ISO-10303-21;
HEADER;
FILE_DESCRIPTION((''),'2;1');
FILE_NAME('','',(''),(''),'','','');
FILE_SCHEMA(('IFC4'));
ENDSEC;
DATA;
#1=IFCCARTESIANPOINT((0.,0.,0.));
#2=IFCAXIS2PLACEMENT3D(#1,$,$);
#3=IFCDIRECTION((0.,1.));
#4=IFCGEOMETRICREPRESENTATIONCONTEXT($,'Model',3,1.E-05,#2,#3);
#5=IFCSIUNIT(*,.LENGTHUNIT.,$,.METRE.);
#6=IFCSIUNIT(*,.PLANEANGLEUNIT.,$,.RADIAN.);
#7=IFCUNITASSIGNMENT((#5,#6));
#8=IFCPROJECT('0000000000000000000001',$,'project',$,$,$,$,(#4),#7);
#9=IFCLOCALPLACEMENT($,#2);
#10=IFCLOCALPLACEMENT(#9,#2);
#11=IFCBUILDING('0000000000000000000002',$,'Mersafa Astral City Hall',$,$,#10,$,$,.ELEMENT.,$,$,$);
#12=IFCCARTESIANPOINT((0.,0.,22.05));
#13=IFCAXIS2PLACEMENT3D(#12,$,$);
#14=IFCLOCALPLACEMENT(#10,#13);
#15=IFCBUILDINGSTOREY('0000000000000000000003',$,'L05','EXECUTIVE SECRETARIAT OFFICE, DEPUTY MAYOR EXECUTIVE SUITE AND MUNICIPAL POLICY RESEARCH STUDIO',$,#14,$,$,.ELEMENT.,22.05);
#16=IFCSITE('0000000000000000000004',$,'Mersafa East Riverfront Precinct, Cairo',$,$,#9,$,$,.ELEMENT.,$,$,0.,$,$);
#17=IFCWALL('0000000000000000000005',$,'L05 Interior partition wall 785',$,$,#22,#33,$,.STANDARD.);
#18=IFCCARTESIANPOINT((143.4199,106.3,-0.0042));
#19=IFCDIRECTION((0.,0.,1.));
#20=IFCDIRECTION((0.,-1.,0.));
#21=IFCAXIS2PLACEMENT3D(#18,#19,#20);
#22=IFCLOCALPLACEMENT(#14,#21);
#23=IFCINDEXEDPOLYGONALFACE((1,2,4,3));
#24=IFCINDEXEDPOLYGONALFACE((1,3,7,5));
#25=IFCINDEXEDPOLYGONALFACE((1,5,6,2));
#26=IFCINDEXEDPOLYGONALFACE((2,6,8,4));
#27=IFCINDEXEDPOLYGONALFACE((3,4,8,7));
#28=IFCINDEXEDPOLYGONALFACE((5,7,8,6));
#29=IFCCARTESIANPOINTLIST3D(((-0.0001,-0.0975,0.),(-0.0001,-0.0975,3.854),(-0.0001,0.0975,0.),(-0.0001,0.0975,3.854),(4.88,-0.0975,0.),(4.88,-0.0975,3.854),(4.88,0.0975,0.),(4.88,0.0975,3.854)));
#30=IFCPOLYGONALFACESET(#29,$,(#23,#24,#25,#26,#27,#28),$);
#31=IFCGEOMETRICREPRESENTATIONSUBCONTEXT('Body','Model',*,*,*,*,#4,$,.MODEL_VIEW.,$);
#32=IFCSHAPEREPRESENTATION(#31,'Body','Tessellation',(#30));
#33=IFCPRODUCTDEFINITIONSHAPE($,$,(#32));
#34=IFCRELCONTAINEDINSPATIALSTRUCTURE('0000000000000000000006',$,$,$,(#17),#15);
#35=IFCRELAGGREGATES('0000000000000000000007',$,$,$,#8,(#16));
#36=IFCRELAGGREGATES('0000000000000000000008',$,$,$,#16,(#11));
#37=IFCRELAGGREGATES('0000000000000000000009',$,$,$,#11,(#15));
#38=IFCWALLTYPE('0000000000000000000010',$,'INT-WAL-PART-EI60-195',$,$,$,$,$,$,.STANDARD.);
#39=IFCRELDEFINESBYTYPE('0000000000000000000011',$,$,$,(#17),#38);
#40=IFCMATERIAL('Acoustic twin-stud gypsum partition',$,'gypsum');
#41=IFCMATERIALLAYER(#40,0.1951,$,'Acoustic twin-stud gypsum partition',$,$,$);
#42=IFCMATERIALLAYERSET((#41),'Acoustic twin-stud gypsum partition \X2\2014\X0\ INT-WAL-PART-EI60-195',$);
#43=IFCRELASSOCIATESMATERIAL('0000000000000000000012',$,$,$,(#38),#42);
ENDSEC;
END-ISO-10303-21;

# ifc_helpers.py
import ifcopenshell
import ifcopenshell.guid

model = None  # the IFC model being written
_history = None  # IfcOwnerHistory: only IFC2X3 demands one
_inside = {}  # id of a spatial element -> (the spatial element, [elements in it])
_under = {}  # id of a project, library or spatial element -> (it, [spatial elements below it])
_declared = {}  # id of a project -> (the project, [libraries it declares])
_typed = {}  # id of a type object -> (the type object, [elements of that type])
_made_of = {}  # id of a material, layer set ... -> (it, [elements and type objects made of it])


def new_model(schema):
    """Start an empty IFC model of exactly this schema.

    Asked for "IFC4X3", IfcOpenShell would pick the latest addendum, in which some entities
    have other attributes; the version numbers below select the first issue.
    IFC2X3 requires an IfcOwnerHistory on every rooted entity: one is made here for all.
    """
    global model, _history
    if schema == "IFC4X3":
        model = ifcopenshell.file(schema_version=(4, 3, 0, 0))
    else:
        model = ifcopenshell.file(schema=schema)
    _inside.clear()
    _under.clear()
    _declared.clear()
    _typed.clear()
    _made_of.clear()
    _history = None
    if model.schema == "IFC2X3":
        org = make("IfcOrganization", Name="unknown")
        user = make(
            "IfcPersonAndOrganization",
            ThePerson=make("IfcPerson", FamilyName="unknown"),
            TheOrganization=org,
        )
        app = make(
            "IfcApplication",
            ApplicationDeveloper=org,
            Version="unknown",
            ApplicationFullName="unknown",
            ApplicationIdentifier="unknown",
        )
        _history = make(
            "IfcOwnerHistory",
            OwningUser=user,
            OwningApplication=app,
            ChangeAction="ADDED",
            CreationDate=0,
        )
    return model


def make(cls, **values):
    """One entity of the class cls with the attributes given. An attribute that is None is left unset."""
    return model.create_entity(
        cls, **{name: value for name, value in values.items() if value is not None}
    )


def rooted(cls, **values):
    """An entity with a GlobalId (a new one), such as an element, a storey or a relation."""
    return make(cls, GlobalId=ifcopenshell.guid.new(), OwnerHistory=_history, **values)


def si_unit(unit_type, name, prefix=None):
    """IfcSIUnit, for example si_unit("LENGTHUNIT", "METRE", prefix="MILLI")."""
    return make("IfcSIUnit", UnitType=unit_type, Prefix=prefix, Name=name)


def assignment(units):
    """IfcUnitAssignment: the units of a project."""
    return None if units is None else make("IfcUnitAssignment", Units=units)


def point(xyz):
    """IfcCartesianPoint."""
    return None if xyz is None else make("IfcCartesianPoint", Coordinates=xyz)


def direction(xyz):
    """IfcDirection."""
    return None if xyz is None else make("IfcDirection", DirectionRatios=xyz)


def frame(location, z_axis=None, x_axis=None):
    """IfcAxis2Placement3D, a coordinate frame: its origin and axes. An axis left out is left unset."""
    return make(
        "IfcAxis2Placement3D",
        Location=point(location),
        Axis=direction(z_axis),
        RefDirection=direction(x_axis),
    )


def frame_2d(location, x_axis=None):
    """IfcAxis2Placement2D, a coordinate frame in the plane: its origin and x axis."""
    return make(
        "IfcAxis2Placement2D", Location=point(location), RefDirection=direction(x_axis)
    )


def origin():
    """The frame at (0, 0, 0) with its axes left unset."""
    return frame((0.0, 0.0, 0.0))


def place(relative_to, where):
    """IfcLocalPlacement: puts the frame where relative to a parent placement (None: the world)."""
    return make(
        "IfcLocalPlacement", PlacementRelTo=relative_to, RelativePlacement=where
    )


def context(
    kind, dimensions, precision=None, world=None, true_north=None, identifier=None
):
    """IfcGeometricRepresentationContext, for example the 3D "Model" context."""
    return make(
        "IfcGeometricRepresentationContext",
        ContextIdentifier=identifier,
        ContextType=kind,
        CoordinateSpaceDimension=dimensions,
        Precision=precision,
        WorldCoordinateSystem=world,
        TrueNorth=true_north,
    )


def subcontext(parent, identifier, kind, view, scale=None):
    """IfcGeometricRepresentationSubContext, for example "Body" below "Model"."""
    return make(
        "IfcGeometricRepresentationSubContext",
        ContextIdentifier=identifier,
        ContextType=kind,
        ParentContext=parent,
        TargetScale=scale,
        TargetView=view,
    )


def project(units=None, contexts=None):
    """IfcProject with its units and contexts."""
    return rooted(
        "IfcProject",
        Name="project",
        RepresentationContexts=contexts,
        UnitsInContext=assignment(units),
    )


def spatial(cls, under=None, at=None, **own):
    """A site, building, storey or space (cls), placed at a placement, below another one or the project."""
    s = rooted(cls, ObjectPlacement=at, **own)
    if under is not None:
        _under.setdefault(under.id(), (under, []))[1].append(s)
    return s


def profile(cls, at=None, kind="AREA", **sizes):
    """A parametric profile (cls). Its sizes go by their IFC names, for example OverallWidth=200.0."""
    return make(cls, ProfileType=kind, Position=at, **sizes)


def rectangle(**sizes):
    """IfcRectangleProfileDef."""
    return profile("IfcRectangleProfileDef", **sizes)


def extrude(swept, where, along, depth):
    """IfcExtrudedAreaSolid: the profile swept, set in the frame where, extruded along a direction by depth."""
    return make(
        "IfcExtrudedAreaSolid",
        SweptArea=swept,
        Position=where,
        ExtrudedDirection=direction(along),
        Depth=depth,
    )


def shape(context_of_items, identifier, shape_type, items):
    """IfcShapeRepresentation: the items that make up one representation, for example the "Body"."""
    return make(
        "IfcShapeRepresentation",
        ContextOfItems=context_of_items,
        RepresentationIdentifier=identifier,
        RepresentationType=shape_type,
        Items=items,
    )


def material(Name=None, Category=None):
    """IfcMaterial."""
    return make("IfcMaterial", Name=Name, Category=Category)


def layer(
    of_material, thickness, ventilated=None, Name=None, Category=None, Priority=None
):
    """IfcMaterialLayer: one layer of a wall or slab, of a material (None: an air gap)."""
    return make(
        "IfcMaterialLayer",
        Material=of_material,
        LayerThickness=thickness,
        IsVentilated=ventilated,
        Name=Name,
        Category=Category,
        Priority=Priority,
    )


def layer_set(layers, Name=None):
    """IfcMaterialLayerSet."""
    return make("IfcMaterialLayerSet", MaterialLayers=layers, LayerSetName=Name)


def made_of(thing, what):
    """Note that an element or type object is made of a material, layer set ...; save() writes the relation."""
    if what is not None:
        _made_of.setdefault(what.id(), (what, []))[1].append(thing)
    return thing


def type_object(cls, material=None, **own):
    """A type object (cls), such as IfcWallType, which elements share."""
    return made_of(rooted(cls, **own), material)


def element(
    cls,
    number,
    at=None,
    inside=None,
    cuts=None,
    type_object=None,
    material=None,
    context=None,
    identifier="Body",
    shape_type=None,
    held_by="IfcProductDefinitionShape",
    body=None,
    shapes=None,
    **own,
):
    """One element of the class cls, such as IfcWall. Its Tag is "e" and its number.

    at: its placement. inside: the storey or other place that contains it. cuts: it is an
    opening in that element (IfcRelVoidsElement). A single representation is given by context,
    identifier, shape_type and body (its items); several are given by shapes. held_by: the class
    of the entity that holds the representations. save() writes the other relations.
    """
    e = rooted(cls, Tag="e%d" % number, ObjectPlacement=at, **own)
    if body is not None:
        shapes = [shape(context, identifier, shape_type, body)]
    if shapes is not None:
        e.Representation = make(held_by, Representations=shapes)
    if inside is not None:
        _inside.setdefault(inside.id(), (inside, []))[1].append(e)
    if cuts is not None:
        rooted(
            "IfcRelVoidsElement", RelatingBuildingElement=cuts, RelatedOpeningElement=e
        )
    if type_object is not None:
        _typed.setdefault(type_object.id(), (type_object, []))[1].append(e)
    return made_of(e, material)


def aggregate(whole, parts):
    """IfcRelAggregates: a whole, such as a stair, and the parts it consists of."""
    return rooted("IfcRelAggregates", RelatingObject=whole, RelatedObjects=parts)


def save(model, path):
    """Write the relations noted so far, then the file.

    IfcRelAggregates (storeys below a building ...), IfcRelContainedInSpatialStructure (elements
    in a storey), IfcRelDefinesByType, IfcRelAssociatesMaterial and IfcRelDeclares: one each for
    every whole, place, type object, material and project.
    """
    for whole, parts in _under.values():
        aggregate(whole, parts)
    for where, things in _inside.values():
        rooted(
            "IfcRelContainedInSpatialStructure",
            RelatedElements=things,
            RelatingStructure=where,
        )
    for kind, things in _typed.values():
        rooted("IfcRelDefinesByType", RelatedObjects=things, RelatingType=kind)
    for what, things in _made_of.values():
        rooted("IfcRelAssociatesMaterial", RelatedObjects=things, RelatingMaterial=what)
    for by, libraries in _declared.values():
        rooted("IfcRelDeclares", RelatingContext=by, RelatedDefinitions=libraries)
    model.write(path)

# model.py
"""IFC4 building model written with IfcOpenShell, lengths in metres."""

from ifc_helpers import new_model, si_unit, direction, frame, frame_2d, origin, place, context, subcontext, project, spatial, rectangle, extrude, material, layer, layer_set, type_object, element, save


model = new_model("IFC4")

# Units and contexts
model_context = context("Model", 3, precision=1e-05, world=origin(), true_north=direction((0.0, 1.0)))
body_context = subcontext(model_context, "Body", "Model", "MODEL_VIEW")
ifc_project = project(units=[si_unit("LENGTHUNIT", "METRE"), si_unit("PLANEANGLEUNIT", "RADIAN")], contexts=[model_context])

# Site, building, storey
site_placement = place(None, origin())
site = spatial("IfcSite", under=ifc_project, at=site_placement, Name="Mersafa East Riverfront Precinct, Cairo", CompositionType="ELEMENT", RefElevation=0.0)
building_placement = place(site_placement, origin())
building = spatial("IfcBuilding", under=site, at=building_placement, Name="Mersafa Astral City Hall", CompositionType="ELEMENT")
storey_placement = place(building_placement, frame((0.0, 0.0, 22.05)))
storey = spatial("IfcBuildingStorey", under=building, at=storey_placement, Name="L05", Description="EXECUTIVE SECRETARIAT OFFICE, DEPUTY MAYOR EXECUTIVE SUITE AND MUNICIPAL POLICY RESEARCH STUDIO", CompositionType="ELEMENT", Elevation=22.05)

# Wall
ifc_material_1 = material(Name="Acoustic twin-stud gypsum partition", Category="gypsum")
ifc_layer_1 = layer(ifc_material_1, 0.1951, Name="Acoustic twin-stud gypsum partition")
ifc_layer_set_1 = layer_set([ifc_layer_1], Name="Acoustic twin-stud gypsum partition — INT-WAL-PART-EI60-195")
wall_type_1 = type_object("IfcWallType", Name="INT-WAL-PART-EI60-195", PredefinedType="STANDARD", material=ifc_layer_set_1)
wall_1_placement = place(storey_placement, frame((143.4199, 106.3, -0.0042), z_axis=(0.0, 0.0, 1.0), x_axis=(0.0, -1.0, 0.0)))
element("IfcWall", 1, at=wall_1_placement, inside=storey, type_object=wall_type_1, Name="L05 Interior partition wall 785", PredefinedType="STANDARD", context=body_context, shape_type="SweptSolid", body=[
    extrude(rectangle(XDim=4.8801, YDim=0.1951, at=frame_2d((2.4399, 0.0))), origin(), (0.0, 0.0, 1.0), 3.854),
])

save(model, "model.ifc")
